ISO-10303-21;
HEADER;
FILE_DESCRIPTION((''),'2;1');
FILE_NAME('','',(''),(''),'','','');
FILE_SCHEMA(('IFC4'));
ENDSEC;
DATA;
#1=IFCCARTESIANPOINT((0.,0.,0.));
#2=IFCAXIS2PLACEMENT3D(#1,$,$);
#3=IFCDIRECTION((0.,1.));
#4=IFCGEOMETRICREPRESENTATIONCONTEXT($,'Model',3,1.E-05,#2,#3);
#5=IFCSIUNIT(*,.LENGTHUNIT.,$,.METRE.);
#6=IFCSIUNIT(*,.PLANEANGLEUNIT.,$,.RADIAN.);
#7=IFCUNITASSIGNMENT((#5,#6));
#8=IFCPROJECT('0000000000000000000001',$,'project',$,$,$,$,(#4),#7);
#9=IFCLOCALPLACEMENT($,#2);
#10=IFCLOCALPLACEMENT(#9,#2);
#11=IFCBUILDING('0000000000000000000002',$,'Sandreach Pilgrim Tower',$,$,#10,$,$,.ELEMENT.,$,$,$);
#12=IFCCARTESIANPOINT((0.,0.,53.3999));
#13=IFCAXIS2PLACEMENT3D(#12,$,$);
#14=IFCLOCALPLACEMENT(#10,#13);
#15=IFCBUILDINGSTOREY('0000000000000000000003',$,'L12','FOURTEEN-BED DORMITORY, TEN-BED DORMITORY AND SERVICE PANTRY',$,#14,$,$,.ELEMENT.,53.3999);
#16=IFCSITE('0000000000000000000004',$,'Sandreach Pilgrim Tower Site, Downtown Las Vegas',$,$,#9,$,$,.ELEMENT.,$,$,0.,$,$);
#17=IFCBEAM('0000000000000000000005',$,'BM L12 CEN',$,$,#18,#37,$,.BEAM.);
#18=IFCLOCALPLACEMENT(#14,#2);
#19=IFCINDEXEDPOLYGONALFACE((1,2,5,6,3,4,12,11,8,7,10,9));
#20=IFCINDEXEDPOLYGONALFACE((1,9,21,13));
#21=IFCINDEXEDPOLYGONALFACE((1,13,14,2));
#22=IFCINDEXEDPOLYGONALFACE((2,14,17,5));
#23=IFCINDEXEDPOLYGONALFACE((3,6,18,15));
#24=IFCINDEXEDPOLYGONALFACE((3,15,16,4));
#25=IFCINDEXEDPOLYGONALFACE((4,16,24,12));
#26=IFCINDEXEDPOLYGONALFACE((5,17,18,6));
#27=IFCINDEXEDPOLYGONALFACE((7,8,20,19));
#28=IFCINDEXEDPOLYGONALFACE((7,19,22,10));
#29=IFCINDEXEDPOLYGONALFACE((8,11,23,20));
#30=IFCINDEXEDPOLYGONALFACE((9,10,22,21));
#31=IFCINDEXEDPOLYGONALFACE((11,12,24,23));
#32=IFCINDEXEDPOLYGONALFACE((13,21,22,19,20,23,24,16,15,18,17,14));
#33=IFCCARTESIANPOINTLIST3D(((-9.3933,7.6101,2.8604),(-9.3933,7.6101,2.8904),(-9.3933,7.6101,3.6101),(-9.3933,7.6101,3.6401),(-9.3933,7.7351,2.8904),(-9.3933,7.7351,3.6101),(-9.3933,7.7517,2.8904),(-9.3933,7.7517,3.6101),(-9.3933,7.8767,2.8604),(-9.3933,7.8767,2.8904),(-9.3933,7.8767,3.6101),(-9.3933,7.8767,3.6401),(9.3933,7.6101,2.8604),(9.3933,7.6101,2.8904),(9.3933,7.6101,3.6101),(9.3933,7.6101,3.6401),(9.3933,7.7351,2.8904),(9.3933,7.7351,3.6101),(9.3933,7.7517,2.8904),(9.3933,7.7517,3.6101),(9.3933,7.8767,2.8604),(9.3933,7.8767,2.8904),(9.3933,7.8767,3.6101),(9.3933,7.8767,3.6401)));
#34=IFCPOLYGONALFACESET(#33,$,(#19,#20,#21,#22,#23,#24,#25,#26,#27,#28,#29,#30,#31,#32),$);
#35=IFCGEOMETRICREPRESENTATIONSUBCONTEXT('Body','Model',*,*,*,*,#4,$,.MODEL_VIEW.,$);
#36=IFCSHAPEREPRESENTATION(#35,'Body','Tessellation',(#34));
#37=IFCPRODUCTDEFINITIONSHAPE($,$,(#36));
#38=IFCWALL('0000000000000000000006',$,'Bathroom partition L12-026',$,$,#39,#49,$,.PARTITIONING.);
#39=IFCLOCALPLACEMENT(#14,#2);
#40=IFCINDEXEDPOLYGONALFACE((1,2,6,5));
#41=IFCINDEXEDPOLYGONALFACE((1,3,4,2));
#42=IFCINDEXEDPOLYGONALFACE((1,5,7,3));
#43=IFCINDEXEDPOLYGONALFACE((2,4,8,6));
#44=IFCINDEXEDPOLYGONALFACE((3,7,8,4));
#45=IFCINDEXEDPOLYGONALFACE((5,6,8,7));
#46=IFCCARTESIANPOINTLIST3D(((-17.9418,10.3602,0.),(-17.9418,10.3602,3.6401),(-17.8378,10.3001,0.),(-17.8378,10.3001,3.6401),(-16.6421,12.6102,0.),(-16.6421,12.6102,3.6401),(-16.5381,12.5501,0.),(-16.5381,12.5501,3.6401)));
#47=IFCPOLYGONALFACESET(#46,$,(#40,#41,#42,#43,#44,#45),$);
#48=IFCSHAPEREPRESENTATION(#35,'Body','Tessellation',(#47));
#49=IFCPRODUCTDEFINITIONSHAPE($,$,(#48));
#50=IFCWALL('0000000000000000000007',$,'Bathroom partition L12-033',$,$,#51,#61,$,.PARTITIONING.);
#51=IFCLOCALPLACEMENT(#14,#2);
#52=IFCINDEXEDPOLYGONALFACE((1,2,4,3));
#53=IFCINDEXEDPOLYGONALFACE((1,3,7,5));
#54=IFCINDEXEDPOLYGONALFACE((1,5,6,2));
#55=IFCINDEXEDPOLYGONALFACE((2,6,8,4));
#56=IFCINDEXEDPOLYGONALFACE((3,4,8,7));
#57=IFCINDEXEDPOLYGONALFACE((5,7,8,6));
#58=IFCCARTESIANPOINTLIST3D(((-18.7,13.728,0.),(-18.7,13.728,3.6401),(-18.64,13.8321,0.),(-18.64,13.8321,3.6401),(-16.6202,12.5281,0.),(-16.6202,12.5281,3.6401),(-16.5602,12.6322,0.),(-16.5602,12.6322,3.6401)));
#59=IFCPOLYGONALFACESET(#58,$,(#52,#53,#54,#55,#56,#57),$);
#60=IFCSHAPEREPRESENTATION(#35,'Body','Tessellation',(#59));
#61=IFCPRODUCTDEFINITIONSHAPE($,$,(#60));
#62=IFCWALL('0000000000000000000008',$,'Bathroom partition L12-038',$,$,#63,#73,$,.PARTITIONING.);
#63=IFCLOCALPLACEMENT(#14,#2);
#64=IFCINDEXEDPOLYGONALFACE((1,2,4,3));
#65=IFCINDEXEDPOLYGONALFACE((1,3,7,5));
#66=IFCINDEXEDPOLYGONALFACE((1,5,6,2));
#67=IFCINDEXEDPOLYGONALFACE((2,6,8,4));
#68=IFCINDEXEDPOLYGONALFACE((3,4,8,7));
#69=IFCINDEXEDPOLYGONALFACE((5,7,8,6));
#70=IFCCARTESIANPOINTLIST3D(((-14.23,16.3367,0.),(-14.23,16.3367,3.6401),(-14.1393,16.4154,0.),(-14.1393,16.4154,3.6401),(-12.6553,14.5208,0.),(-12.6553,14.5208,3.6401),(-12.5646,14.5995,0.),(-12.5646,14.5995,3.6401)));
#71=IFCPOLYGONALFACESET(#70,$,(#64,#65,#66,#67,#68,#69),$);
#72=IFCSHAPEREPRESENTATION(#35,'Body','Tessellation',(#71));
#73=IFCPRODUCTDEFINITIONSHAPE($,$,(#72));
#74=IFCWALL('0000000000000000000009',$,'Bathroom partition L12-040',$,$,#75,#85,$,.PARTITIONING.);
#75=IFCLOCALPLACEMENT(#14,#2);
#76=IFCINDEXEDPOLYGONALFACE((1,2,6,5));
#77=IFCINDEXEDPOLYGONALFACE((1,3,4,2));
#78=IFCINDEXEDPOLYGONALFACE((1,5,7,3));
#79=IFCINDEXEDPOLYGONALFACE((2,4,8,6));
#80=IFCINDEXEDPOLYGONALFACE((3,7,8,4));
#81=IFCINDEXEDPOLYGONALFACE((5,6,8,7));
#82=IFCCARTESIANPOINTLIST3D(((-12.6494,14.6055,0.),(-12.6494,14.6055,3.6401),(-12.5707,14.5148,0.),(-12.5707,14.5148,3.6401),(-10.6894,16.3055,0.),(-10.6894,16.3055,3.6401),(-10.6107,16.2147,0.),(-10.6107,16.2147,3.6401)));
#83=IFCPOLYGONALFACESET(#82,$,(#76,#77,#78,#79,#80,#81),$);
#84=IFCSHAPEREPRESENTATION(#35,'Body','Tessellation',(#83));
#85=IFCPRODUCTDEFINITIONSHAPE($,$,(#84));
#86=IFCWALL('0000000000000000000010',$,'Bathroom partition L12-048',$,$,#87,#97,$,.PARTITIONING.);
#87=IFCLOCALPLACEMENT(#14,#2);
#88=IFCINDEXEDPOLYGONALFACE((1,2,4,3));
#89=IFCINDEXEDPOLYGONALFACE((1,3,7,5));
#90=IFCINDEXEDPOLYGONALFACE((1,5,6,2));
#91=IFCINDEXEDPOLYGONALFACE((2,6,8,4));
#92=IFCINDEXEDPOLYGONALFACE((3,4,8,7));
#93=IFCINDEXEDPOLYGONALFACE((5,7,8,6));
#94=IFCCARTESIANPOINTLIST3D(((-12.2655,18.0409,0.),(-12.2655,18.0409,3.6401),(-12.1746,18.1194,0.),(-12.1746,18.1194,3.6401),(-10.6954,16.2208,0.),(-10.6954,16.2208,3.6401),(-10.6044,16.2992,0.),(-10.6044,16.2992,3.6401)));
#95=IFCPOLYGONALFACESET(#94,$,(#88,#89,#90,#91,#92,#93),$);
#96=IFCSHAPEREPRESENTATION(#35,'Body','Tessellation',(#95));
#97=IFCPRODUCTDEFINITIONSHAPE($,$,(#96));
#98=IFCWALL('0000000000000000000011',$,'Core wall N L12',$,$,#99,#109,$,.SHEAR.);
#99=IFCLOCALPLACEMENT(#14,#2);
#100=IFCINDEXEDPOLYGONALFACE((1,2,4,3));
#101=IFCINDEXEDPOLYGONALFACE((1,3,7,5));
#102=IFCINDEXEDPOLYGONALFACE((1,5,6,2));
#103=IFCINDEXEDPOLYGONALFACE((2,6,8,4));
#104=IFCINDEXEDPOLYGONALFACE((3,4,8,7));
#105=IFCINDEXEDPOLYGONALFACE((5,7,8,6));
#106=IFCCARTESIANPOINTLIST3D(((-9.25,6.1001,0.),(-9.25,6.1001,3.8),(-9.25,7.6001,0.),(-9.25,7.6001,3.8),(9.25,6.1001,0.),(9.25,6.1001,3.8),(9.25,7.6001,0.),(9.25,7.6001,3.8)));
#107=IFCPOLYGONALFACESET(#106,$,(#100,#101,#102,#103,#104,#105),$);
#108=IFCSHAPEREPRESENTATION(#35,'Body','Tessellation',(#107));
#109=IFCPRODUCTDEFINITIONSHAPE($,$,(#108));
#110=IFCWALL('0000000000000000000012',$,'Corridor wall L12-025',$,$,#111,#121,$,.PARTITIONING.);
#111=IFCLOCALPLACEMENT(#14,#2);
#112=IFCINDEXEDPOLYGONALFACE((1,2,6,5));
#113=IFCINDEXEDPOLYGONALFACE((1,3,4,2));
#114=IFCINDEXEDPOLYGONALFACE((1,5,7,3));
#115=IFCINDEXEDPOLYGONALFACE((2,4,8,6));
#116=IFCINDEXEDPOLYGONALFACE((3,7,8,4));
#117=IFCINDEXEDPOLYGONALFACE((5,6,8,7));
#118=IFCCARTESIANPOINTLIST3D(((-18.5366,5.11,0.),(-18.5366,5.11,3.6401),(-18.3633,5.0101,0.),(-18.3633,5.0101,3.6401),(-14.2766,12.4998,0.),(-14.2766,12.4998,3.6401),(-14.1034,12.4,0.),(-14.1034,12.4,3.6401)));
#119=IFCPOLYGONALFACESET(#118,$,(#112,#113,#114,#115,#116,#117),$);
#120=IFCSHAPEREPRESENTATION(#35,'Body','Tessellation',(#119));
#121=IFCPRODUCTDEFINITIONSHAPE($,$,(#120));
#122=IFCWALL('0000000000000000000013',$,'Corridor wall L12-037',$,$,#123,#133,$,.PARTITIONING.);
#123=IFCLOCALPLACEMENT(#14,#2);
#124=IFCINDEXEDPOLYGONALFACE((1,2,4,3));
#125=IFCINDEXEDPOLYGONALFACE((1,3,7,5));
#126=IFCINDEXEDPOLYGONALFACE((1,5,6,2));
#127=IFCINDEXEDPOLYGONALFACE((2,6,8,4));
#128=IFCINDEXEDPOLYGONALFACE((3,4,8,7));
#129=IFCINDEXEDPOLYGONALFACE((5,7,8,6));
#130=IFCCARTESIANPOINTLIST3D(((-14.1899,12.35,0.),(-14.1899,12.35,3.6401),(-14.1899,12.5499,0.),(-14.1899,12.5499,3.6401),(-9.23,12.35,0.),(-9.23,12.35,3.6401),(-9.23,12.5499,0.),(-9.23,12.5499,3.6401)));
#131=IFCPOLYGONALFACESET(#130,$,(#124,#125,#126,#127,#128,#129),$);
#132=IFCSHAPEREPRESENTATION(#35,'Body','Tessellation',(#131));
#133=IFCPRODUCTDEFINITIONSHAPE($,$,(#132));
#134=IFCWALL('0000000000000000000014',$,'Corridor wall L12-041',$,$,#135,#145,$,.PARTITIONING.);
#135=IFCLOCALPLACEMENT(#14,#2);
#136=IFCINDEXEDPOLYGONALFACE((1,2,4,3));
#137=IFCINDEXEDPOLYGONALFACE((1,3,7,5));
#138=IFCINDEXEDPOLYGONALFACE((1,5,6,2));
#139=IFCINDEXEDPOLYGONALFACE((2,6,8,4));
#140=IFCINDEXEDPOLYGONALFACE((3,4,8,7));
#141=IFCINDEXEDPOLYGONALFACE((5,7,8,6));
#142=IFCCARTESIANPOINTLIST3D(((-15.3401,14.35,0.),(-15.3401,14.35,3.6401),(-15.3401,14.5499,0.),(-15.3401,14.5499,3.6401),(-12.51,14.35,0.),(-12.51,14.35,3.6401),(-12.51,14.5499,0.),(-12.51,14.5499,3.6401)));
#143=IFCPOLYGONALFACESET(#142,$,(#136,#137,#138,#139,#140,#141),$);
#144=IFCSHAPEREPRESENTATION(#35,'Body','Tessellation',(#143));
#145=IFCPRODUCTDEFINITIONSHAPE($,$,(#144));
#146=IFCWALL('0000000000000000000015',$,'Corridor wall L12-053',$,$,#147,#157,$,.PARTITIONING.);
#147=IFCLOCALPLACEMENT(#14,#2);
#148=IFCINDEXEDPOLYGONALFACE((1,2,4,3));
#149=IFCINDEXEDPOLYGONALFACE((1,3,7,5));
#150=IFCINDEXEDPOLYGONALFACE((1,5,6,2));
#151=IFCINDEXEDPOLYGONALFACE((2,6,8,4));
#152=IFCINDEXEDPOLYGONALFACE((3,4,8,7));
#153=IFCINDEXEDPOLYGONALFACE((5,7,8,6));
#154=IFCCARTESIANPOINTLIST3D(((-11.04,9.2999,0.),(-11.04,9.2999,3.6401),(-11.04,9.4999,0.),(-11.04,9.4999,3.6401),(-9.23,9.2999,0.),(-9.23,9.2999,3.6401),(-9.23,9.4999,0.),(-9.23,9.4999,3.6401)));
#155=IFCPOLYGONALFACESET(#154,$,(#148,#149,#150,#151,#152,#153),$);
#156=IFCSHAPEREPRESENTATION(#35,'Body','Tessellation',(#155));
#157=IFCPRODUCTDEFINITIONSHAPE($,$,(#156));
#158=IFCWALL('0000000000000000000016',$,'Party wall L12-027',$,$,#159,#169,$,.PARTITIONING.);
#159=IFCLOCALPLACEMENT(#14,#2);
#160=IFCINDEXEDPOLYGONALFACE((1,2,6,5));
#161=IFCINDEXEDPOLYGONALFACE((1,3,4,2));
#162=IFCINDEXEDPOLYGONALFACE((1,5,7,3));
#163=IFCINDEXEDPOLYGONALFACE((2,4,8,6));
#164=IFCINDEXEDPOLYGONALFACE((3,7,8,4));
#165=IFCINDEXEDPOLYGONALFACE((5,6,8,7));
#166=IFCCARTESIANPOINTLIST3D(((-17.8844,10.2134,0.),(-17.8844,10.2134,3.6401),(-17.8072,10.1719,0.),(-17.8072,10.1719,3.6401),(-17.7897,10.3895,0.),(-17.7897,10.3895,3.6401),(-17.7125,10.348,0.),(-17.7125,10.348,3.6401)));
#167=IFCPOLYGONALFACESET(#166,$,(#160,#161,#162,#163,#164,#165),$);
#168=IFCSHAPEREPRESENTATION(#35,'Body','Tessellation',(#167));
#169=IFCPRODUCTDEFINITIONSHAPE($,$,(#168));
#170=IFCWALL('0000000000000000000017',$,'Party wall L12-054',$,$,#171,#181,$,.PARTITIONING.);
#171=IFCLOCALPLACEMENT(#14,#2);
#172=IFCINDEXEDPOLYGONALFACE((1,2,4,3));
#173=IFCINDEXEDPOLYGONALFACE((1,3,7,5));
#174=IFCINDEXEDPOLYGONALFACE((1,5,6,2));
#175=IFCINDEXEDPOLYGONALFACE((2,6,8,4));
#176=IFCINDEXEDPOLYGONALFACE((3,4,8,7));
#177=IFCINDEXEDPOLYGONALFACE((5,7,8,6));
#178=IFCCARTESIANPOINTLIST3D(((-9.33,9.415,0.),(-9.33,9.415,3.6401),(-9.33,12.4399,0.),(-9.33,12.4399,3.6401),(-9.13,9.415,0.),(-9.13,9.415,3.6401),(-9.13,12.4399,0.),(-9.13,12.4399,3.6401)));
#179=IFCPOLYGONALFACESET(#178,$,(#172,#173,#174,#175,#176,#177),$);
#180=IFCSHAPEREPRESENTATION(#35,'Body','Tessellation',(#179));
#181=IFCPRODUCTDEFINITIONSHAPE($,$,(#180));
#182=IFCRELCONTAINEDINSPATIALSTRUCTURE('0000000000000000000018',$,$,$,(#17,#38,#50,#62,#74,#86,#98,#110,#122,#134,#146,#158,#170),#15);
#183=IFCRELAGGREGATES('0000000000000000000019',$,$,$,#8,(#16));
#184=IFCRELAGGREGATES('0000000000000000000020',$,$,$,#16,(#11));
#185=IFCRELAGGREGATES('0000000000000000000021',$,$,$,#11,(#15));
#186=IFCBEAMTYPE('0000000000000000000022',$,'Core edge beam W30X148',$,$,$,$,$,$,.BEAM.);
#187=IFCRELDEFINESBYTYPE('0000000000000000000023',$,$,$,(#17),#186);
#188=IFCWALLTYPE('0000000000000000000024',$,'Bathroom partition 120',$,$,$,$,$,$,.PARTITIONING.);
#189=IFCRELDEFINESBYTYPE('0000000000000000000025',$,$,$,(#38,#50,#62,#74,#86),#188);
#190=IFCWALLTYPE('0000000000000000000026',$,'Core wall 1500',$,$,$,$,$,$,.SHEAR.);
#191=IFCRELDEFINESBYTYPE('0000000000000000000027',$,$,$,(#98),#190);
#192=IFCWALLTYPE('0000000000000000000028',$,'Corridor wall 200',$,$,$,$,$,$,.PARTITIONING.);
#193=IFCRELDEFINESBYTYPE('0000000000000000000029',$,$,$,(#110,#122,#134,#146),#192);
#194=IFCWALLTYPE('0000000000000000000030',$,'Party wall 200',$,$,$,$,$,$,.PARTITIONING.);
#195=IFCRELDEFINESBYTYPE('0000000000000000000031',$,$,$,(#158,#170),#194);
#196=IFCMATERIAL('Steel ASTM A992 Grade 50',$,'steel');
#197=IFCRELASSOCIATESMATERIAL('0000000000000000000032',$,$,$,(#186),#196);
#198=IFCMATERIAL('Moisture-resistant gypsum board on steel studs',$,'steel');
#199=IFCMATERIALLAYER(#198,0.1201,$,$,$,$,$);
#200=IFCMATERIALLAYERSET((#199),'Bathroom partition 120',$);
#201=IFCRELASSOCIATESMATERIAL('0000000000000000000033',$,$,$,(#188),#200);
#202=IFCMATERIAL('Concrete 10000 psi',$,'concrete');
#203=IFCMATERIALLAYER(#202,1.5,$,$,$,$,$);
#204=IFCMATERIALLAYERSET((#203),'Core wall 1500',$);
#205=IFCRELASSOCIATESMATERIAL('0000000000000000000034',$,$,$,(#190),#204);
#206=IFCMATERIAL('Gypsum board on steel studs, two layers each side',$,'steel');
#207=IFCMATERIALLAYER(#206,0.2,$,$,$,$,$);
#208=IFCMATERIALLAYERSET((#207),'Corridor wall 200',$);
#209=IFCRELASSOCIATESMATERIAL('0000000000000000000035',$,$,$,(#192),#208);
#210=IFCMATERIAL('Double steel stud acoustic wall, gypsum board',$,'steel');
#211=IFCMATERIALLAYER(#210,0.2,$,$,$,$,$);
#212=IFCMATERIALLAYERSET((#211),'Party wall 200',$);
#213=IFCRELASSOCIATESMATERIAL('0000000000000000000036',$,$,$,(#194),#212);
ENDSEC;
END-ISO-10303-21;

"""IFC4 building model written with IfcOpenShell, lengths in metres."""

from ifc_helpers import new_model, si_unit, direction, frame, frame_2d, origin, origin_2d, place, context, subcontext, project, spatial, rectangle, i_section, extrude, material, layer, layer_set, material_profile, profile_set, type_object, element, save


model = new_model("IFC4")

# Units and contexts
model_context = context("Model", 3, precision=1e-05, world=origin(), true_north=direction((0.0, 1.0)))
body_context = subcontext(model_context, "Body", "Model", "MODEL_VIEW")
ifc_project = project(units=[si_unit("LENGTHUNIT", "METRE"), si_unit("PLANEANGLEUNIT", "RADIAN")], contexts=[model_context])

# Site, building, storey
site_placement = place(None, origin())
site = spatial("IfcSite", under=ifc_project, at=site_placement, Name="Sandreach Pilgrim Tower Site, Downtown Las Vegas", CompositionType="ELEMENT", RefElevation=0.0)
building_placement = place(site_placement, origin())
building = spatial("IfcBuilding", under=site, at=building_placement, Name="Sandreach Pilgrim Tower", CompositionType="ELEMENT")
storey_placement = place(building_placement, frame((0.0, 0.0, 53.3999)))
storey = spatial("IfcBuildingStorey", under=building, at=storey_placement, Name="L12", Description="FOURTEEN-BED DORMITORY, TEN-BED DORMITORY AND SERVICE PANTRY", CompositionType="ELEMENT", Elevation=53.3999)

# Beam
ifc_material_1 = material(Name="Steel ASTM A992 Grade 50", Category="steel")
ifc_material_profile = material_profile(ifc_material_1, i_section(OverallWidth=0.2666, OverallDepth=0.7798, WebThickness=0.0166, FlangeThickness=0.03, at=origin_2d()), Name="W30X148")
ifc_profile_set = profile_set([ifc_material_profile], Name="Steel ASTM A992 Grade 50")
beam_type = type_object("IfcBeamType", Name="Core edge beam W30X148", PredefinedType="BEAM", material=ifc_profile_set)
beam_placement = place(storey_placement, frame((-9.3933, 7.7434, 3.2502), z_axis=(1.0, 0.0, 0.0), x_axis=(0.0, 1.0, 0.0)))
element("IfcBeam", 1, at=beam_placement, inside=storey, type_object=beam_type, Name="BM L12 CEN", PredefinedType="BEAM", context=body_context, shape_type="SweptSolid", body=[
    extrude(i_section(OverallWidth=0.2666, OverallDepth=0.7798, WebThickness=0.0166, FlangeThickness=0.03, at=origin_2d()), origin(), (0.0, 0.0, 1.0), 18.7866),
])

# Walls
ifc_material_2 = material(Name="Moisture-resistant gypsum board on steel studs", Category="steel")
ifc_layer_1 = layer(ifc_material_2, 0.1201)
ifc_layer_set_1 = layer_set([ifc_layer_1], Name="Bathroom partition 120")
wall_type_1 = type_object("IfcWallType", Name="Bathroom partition 120", PredefinedType="PARTITIONING", material=ifc_layer_set_1)
wall_1_placement = place(storey_placement, frame((-17.8899, 10.3301, 0.0), z_axis=(0.0, 0.0, 1.0), x_axis=(0.500221, 0.865898, 0.0)))
element("IfcWall", 2, at=wall_1_placement, inside=storey, type_object=wall_type_1, Name="Bathroom partition L12-026", PredefinedType="PARTITIONING", context=body_context, shape_type="SweptSolid", body=[
    extrude(rectangle(XDim=2.5984, YDim=0.1201, at=frame_2d((1.2993, 0.0))), origin(), (0.0, 0.0, 1.0), 3.6401),
])
wall_2_placement = place(storey_placement, frame((-16.5901, 12.5801, 0.0), z_axis=(0.0, 0.0, 1.0), x_axis=(-0.866177, 0.499737, 0.0)))
element("IfcWall", 3, at=wall_2_placement, inside=storey, type_object=wall_type_1, Name="Bathroom partition L12-033", PredefinedType="PARTITIONING", context=body_context, shape_type="SweptSolid", body=[
    extrude(rectangle(XDim=2.4011, YDim=0.1201, at=frame_2d((1.2007, 0.0))), origin(), (0.0, 0.0, 1.0), 3.6401),
])
wall_3_placement = place(storey_placement, frame((-14.1846, 16.376, 0.0), z_axis=(0.0, 0.0, 1.0), x_axis=(0.655147, -0.755501, 0.0)))
element("IfcWall", 4, at=wall_3_placement, inside=storey, type_object=wall_type_1, Name="Bathroom partition L12-038", PredefinedType="PARTITIONING", context=body_context, shape_type="SweptSolid", body=[
    extrude(rectangle(XDim=2.4036, YDim=0.1201, at=frame_2d((1.2017, 0.0))), origin(), (0.0, 0.0, 1.0), 3.6401),
])
wall_4_placement = place(storey_placement, frame((-12.6101, 14.5601, 0.0), z_axis=(0.0, 0.0, 1.0), x_axis=(0.755438, 0.655221, 0.0)))
element("IfcWall", 5, at=wall_4_placement, inside=storey, type_object=wall_type_1, Name="Bathroom partition L12-040", PredefinedType="PARTITIONING", context=body_context, shape_type="SweptSolid", body=[
    extrude(rectangle(XDim=2.5945, YDim=0.1201, at=frame_2d((1.2974, 0.0))), origin(), (0.0, 0.0, 1.0), 3.6401),
])
wall_5_placement = place(storey_placement, frame((-10.6499, 16.26, 0.0), z_axis=(0.0, 0.0, 1.0), x_axis=(-0.653189, 0.757195, 0.0)))
element("IfcWall", 6, at=wall_5_placement, inside=storey, type_object=wall_type_1, Name="Bathroom partition L12-048", PredefinedType="PARTITIONING", context=body_context, shape_type="SweptSolid", body=[
    extrude(rectangle(XDim=2.4038, YDim=0.1201, at=frame_2d((1.2019, 0.0))), origin(), (0.0, 0.0, 1.0), 3.6401),
])
ifc_material_3 = material(Name="Concrete 10000 psi", Category="concrete")
ifc_layer_2 = layer(ifc_material_3, 1.5)
ifc_layer_set_2 = layer_set([ifc_layer_2], Name="Core wall 1500")
wall_type_2 = type_object("IfcWallType", Name="Core wall 1500", PredefinedType="SHEAR", material=ifc_layer_set_2)
wall_6_placement = place(storey_placement, frame((-9.25, 6.8501, 0.0), z_axis=(0.0, 0.0, 1.0), x_axis=(1.0, 0.0, 0.0)))
element("IfcWall", 7, at=wall_6_placement, inside=storey, type_object=wall_type_2, Name="Core wall N L12", PredefinedType="SHEAR", context=body_context, shape_type="SweptSolid", body=[
    extrude(rectangle(XDim=18.5, YDim=1.5, at=frame_2d((9.25, 0.0))), origin(), (0.0, 0.0, 1.0), 3.8),
])
ifc_material_4 = material(Name="Gypsum board on steel studs, two layers each side", Category="steel")
ifc_layer_3 = layer(ifc_material_4, 0.2)
ifc_layer_set_3 = layer_set([ifc_layer_3], Name="Corridor wall 200")
wall_type_3 = type_object("IfcWallType", Name="Corridor wall 200", PredefinedType="PARTITIONING", material=ifc_layer_set_3)
wall_7_placement = place(storey_placement, frame((-18.45, 5.0601, 0.0), z_axis=(0.0, 0.0, 1.0), x_axis=(0.499424, 0.866358, 0.0)))
element("IfcWall", 8, at=wall_7_placement, inside=storey, type_object=wall_type_3, Name="Corridor wall L12-025", PredefinedType="PARTITIONING", context=body_context, shape_type="SweptSolid", body=[
    extrude(rectangle(XDim=8.5298, YDim=0.2, at=frame_2d((4.2649, 0.0))), origin(), (0.0, 0.0, 1.0), 3.6401),
])

# Walls
wall_8_placement = place(storey_placement, frame((-14.1899, 12.45, 0.0), z_axis=(0.0, 0.0, 1.0), x_axis=(1.0, 0.0, 0.0)))
element("IfcWall", 9, at=wall_8_placement, inside=storey, type_object=wall_type_3, Name="Corridor wall L12-037", PredefinedType="PARTITIONING", context=body_context, shape_type="SweptSolid", body=[
    extrude(rectangle(XDim=4.96, YDim=0.2, at=frame_2d((2.48, 0.0))), origin(), (0.0, 0.0, 1.0), 3.6401),
])
wall_9_placement = place(storey_placement, frame((-12.51, 14.45, 0.0), z_axis=(0.0, 0.0, 1.0), x_axis=(-1.0, 0.0, 0.0)))
element("IfcWall", 10, at=wall_9_placement, inside=storey, type_object=wall_type_3, Name="Corridor wall L12-041", PredefinedType="PARTITIONING", context=body_context, shape_type="SweptSolid", body=[
    extrude(rectangle(XDim=2.8301, YDim=0.2, at=frame_2d((1.415, 0.0))), origin(), (0.0, 0.0, 1.0), 3.6401),
])

# Wall
wall_10_placement = place(storey_placement, frame((-9.23, 9.3999, 0.0), z_axis=(0.0, 0.0, 1.0), x_axis=(-1.0, 0.0, 0.0)))
element("IfcWall", 11, at=wall_10_placement, inside=storey, type_object=wall_type_3, Name="Corridor wall L12-053", PredefinedType="PARTITIONING", context=body_context, shape_type="SweptSolid", body=[
    extrude(rectangle(XDim=1.8101, YDim=0.2, at=frame_2d((0.905, 0.0))), origin(), (0.0, 0.0, 1.0), 3.6401),
])

# Walls
ifc_material_5 = material(Name="Double steel stud acoustic wall, gypsum board", Category="steel")
ifc_layer_4 = layer(ifc_material_5, 0.2)
ifc_layer_set_4 = layer_set([ifc_layer_4], Name="Party wall 200")
wall_type_4 = type_object("IfcWallType", Name="Party wall 200", PredefinedType="PARTITIONING", material=ifc_layer_set_4)
wall_11_placement = place(storey_placement, frame((-17.8372, 10.3015, 0.0), z_axis=(0.0, 0.0, 1.0), x_axis=(0.88065, -0.473767, 0.0)))
element("IfcWall", 12, at=wall_11_placement, inside=storey, type_object=wall_type_4, Name="Party wall L12-027", PredefinedType="PARTITIONING", context=body_context, shape_type="SweptSolid", body=[
    extrude(rectangle(XDim=0.0876, YDim=0.2, at=frame_2d((0.0439, 0.0))), origin(), (0.0, 0.0, 1.0), 3.6401),
])
wall_12_placement = place(storey_placement, frame((-9.23, 12.4399, 0.0), z_axis=(0.0, 0.0, 1.0), x_axis=(0.0, -1.0, 0.0)))
element("IfcWall", 13, at=wall_12_placement, inside=storey, type_object=wall_type_4, Name="Party wall L12-054", PredefinedType="PARTITIONING", context=body_context, shape_type="SweptSolid", body=[
    extrude(rectangle(XDim=3.0249, YDim=0.2, at=frame_2d((1.5125, 0.0))), origin(), (0.0, 0.0, 1.0), 3.6401),
])

save(model, "model.ifc")
